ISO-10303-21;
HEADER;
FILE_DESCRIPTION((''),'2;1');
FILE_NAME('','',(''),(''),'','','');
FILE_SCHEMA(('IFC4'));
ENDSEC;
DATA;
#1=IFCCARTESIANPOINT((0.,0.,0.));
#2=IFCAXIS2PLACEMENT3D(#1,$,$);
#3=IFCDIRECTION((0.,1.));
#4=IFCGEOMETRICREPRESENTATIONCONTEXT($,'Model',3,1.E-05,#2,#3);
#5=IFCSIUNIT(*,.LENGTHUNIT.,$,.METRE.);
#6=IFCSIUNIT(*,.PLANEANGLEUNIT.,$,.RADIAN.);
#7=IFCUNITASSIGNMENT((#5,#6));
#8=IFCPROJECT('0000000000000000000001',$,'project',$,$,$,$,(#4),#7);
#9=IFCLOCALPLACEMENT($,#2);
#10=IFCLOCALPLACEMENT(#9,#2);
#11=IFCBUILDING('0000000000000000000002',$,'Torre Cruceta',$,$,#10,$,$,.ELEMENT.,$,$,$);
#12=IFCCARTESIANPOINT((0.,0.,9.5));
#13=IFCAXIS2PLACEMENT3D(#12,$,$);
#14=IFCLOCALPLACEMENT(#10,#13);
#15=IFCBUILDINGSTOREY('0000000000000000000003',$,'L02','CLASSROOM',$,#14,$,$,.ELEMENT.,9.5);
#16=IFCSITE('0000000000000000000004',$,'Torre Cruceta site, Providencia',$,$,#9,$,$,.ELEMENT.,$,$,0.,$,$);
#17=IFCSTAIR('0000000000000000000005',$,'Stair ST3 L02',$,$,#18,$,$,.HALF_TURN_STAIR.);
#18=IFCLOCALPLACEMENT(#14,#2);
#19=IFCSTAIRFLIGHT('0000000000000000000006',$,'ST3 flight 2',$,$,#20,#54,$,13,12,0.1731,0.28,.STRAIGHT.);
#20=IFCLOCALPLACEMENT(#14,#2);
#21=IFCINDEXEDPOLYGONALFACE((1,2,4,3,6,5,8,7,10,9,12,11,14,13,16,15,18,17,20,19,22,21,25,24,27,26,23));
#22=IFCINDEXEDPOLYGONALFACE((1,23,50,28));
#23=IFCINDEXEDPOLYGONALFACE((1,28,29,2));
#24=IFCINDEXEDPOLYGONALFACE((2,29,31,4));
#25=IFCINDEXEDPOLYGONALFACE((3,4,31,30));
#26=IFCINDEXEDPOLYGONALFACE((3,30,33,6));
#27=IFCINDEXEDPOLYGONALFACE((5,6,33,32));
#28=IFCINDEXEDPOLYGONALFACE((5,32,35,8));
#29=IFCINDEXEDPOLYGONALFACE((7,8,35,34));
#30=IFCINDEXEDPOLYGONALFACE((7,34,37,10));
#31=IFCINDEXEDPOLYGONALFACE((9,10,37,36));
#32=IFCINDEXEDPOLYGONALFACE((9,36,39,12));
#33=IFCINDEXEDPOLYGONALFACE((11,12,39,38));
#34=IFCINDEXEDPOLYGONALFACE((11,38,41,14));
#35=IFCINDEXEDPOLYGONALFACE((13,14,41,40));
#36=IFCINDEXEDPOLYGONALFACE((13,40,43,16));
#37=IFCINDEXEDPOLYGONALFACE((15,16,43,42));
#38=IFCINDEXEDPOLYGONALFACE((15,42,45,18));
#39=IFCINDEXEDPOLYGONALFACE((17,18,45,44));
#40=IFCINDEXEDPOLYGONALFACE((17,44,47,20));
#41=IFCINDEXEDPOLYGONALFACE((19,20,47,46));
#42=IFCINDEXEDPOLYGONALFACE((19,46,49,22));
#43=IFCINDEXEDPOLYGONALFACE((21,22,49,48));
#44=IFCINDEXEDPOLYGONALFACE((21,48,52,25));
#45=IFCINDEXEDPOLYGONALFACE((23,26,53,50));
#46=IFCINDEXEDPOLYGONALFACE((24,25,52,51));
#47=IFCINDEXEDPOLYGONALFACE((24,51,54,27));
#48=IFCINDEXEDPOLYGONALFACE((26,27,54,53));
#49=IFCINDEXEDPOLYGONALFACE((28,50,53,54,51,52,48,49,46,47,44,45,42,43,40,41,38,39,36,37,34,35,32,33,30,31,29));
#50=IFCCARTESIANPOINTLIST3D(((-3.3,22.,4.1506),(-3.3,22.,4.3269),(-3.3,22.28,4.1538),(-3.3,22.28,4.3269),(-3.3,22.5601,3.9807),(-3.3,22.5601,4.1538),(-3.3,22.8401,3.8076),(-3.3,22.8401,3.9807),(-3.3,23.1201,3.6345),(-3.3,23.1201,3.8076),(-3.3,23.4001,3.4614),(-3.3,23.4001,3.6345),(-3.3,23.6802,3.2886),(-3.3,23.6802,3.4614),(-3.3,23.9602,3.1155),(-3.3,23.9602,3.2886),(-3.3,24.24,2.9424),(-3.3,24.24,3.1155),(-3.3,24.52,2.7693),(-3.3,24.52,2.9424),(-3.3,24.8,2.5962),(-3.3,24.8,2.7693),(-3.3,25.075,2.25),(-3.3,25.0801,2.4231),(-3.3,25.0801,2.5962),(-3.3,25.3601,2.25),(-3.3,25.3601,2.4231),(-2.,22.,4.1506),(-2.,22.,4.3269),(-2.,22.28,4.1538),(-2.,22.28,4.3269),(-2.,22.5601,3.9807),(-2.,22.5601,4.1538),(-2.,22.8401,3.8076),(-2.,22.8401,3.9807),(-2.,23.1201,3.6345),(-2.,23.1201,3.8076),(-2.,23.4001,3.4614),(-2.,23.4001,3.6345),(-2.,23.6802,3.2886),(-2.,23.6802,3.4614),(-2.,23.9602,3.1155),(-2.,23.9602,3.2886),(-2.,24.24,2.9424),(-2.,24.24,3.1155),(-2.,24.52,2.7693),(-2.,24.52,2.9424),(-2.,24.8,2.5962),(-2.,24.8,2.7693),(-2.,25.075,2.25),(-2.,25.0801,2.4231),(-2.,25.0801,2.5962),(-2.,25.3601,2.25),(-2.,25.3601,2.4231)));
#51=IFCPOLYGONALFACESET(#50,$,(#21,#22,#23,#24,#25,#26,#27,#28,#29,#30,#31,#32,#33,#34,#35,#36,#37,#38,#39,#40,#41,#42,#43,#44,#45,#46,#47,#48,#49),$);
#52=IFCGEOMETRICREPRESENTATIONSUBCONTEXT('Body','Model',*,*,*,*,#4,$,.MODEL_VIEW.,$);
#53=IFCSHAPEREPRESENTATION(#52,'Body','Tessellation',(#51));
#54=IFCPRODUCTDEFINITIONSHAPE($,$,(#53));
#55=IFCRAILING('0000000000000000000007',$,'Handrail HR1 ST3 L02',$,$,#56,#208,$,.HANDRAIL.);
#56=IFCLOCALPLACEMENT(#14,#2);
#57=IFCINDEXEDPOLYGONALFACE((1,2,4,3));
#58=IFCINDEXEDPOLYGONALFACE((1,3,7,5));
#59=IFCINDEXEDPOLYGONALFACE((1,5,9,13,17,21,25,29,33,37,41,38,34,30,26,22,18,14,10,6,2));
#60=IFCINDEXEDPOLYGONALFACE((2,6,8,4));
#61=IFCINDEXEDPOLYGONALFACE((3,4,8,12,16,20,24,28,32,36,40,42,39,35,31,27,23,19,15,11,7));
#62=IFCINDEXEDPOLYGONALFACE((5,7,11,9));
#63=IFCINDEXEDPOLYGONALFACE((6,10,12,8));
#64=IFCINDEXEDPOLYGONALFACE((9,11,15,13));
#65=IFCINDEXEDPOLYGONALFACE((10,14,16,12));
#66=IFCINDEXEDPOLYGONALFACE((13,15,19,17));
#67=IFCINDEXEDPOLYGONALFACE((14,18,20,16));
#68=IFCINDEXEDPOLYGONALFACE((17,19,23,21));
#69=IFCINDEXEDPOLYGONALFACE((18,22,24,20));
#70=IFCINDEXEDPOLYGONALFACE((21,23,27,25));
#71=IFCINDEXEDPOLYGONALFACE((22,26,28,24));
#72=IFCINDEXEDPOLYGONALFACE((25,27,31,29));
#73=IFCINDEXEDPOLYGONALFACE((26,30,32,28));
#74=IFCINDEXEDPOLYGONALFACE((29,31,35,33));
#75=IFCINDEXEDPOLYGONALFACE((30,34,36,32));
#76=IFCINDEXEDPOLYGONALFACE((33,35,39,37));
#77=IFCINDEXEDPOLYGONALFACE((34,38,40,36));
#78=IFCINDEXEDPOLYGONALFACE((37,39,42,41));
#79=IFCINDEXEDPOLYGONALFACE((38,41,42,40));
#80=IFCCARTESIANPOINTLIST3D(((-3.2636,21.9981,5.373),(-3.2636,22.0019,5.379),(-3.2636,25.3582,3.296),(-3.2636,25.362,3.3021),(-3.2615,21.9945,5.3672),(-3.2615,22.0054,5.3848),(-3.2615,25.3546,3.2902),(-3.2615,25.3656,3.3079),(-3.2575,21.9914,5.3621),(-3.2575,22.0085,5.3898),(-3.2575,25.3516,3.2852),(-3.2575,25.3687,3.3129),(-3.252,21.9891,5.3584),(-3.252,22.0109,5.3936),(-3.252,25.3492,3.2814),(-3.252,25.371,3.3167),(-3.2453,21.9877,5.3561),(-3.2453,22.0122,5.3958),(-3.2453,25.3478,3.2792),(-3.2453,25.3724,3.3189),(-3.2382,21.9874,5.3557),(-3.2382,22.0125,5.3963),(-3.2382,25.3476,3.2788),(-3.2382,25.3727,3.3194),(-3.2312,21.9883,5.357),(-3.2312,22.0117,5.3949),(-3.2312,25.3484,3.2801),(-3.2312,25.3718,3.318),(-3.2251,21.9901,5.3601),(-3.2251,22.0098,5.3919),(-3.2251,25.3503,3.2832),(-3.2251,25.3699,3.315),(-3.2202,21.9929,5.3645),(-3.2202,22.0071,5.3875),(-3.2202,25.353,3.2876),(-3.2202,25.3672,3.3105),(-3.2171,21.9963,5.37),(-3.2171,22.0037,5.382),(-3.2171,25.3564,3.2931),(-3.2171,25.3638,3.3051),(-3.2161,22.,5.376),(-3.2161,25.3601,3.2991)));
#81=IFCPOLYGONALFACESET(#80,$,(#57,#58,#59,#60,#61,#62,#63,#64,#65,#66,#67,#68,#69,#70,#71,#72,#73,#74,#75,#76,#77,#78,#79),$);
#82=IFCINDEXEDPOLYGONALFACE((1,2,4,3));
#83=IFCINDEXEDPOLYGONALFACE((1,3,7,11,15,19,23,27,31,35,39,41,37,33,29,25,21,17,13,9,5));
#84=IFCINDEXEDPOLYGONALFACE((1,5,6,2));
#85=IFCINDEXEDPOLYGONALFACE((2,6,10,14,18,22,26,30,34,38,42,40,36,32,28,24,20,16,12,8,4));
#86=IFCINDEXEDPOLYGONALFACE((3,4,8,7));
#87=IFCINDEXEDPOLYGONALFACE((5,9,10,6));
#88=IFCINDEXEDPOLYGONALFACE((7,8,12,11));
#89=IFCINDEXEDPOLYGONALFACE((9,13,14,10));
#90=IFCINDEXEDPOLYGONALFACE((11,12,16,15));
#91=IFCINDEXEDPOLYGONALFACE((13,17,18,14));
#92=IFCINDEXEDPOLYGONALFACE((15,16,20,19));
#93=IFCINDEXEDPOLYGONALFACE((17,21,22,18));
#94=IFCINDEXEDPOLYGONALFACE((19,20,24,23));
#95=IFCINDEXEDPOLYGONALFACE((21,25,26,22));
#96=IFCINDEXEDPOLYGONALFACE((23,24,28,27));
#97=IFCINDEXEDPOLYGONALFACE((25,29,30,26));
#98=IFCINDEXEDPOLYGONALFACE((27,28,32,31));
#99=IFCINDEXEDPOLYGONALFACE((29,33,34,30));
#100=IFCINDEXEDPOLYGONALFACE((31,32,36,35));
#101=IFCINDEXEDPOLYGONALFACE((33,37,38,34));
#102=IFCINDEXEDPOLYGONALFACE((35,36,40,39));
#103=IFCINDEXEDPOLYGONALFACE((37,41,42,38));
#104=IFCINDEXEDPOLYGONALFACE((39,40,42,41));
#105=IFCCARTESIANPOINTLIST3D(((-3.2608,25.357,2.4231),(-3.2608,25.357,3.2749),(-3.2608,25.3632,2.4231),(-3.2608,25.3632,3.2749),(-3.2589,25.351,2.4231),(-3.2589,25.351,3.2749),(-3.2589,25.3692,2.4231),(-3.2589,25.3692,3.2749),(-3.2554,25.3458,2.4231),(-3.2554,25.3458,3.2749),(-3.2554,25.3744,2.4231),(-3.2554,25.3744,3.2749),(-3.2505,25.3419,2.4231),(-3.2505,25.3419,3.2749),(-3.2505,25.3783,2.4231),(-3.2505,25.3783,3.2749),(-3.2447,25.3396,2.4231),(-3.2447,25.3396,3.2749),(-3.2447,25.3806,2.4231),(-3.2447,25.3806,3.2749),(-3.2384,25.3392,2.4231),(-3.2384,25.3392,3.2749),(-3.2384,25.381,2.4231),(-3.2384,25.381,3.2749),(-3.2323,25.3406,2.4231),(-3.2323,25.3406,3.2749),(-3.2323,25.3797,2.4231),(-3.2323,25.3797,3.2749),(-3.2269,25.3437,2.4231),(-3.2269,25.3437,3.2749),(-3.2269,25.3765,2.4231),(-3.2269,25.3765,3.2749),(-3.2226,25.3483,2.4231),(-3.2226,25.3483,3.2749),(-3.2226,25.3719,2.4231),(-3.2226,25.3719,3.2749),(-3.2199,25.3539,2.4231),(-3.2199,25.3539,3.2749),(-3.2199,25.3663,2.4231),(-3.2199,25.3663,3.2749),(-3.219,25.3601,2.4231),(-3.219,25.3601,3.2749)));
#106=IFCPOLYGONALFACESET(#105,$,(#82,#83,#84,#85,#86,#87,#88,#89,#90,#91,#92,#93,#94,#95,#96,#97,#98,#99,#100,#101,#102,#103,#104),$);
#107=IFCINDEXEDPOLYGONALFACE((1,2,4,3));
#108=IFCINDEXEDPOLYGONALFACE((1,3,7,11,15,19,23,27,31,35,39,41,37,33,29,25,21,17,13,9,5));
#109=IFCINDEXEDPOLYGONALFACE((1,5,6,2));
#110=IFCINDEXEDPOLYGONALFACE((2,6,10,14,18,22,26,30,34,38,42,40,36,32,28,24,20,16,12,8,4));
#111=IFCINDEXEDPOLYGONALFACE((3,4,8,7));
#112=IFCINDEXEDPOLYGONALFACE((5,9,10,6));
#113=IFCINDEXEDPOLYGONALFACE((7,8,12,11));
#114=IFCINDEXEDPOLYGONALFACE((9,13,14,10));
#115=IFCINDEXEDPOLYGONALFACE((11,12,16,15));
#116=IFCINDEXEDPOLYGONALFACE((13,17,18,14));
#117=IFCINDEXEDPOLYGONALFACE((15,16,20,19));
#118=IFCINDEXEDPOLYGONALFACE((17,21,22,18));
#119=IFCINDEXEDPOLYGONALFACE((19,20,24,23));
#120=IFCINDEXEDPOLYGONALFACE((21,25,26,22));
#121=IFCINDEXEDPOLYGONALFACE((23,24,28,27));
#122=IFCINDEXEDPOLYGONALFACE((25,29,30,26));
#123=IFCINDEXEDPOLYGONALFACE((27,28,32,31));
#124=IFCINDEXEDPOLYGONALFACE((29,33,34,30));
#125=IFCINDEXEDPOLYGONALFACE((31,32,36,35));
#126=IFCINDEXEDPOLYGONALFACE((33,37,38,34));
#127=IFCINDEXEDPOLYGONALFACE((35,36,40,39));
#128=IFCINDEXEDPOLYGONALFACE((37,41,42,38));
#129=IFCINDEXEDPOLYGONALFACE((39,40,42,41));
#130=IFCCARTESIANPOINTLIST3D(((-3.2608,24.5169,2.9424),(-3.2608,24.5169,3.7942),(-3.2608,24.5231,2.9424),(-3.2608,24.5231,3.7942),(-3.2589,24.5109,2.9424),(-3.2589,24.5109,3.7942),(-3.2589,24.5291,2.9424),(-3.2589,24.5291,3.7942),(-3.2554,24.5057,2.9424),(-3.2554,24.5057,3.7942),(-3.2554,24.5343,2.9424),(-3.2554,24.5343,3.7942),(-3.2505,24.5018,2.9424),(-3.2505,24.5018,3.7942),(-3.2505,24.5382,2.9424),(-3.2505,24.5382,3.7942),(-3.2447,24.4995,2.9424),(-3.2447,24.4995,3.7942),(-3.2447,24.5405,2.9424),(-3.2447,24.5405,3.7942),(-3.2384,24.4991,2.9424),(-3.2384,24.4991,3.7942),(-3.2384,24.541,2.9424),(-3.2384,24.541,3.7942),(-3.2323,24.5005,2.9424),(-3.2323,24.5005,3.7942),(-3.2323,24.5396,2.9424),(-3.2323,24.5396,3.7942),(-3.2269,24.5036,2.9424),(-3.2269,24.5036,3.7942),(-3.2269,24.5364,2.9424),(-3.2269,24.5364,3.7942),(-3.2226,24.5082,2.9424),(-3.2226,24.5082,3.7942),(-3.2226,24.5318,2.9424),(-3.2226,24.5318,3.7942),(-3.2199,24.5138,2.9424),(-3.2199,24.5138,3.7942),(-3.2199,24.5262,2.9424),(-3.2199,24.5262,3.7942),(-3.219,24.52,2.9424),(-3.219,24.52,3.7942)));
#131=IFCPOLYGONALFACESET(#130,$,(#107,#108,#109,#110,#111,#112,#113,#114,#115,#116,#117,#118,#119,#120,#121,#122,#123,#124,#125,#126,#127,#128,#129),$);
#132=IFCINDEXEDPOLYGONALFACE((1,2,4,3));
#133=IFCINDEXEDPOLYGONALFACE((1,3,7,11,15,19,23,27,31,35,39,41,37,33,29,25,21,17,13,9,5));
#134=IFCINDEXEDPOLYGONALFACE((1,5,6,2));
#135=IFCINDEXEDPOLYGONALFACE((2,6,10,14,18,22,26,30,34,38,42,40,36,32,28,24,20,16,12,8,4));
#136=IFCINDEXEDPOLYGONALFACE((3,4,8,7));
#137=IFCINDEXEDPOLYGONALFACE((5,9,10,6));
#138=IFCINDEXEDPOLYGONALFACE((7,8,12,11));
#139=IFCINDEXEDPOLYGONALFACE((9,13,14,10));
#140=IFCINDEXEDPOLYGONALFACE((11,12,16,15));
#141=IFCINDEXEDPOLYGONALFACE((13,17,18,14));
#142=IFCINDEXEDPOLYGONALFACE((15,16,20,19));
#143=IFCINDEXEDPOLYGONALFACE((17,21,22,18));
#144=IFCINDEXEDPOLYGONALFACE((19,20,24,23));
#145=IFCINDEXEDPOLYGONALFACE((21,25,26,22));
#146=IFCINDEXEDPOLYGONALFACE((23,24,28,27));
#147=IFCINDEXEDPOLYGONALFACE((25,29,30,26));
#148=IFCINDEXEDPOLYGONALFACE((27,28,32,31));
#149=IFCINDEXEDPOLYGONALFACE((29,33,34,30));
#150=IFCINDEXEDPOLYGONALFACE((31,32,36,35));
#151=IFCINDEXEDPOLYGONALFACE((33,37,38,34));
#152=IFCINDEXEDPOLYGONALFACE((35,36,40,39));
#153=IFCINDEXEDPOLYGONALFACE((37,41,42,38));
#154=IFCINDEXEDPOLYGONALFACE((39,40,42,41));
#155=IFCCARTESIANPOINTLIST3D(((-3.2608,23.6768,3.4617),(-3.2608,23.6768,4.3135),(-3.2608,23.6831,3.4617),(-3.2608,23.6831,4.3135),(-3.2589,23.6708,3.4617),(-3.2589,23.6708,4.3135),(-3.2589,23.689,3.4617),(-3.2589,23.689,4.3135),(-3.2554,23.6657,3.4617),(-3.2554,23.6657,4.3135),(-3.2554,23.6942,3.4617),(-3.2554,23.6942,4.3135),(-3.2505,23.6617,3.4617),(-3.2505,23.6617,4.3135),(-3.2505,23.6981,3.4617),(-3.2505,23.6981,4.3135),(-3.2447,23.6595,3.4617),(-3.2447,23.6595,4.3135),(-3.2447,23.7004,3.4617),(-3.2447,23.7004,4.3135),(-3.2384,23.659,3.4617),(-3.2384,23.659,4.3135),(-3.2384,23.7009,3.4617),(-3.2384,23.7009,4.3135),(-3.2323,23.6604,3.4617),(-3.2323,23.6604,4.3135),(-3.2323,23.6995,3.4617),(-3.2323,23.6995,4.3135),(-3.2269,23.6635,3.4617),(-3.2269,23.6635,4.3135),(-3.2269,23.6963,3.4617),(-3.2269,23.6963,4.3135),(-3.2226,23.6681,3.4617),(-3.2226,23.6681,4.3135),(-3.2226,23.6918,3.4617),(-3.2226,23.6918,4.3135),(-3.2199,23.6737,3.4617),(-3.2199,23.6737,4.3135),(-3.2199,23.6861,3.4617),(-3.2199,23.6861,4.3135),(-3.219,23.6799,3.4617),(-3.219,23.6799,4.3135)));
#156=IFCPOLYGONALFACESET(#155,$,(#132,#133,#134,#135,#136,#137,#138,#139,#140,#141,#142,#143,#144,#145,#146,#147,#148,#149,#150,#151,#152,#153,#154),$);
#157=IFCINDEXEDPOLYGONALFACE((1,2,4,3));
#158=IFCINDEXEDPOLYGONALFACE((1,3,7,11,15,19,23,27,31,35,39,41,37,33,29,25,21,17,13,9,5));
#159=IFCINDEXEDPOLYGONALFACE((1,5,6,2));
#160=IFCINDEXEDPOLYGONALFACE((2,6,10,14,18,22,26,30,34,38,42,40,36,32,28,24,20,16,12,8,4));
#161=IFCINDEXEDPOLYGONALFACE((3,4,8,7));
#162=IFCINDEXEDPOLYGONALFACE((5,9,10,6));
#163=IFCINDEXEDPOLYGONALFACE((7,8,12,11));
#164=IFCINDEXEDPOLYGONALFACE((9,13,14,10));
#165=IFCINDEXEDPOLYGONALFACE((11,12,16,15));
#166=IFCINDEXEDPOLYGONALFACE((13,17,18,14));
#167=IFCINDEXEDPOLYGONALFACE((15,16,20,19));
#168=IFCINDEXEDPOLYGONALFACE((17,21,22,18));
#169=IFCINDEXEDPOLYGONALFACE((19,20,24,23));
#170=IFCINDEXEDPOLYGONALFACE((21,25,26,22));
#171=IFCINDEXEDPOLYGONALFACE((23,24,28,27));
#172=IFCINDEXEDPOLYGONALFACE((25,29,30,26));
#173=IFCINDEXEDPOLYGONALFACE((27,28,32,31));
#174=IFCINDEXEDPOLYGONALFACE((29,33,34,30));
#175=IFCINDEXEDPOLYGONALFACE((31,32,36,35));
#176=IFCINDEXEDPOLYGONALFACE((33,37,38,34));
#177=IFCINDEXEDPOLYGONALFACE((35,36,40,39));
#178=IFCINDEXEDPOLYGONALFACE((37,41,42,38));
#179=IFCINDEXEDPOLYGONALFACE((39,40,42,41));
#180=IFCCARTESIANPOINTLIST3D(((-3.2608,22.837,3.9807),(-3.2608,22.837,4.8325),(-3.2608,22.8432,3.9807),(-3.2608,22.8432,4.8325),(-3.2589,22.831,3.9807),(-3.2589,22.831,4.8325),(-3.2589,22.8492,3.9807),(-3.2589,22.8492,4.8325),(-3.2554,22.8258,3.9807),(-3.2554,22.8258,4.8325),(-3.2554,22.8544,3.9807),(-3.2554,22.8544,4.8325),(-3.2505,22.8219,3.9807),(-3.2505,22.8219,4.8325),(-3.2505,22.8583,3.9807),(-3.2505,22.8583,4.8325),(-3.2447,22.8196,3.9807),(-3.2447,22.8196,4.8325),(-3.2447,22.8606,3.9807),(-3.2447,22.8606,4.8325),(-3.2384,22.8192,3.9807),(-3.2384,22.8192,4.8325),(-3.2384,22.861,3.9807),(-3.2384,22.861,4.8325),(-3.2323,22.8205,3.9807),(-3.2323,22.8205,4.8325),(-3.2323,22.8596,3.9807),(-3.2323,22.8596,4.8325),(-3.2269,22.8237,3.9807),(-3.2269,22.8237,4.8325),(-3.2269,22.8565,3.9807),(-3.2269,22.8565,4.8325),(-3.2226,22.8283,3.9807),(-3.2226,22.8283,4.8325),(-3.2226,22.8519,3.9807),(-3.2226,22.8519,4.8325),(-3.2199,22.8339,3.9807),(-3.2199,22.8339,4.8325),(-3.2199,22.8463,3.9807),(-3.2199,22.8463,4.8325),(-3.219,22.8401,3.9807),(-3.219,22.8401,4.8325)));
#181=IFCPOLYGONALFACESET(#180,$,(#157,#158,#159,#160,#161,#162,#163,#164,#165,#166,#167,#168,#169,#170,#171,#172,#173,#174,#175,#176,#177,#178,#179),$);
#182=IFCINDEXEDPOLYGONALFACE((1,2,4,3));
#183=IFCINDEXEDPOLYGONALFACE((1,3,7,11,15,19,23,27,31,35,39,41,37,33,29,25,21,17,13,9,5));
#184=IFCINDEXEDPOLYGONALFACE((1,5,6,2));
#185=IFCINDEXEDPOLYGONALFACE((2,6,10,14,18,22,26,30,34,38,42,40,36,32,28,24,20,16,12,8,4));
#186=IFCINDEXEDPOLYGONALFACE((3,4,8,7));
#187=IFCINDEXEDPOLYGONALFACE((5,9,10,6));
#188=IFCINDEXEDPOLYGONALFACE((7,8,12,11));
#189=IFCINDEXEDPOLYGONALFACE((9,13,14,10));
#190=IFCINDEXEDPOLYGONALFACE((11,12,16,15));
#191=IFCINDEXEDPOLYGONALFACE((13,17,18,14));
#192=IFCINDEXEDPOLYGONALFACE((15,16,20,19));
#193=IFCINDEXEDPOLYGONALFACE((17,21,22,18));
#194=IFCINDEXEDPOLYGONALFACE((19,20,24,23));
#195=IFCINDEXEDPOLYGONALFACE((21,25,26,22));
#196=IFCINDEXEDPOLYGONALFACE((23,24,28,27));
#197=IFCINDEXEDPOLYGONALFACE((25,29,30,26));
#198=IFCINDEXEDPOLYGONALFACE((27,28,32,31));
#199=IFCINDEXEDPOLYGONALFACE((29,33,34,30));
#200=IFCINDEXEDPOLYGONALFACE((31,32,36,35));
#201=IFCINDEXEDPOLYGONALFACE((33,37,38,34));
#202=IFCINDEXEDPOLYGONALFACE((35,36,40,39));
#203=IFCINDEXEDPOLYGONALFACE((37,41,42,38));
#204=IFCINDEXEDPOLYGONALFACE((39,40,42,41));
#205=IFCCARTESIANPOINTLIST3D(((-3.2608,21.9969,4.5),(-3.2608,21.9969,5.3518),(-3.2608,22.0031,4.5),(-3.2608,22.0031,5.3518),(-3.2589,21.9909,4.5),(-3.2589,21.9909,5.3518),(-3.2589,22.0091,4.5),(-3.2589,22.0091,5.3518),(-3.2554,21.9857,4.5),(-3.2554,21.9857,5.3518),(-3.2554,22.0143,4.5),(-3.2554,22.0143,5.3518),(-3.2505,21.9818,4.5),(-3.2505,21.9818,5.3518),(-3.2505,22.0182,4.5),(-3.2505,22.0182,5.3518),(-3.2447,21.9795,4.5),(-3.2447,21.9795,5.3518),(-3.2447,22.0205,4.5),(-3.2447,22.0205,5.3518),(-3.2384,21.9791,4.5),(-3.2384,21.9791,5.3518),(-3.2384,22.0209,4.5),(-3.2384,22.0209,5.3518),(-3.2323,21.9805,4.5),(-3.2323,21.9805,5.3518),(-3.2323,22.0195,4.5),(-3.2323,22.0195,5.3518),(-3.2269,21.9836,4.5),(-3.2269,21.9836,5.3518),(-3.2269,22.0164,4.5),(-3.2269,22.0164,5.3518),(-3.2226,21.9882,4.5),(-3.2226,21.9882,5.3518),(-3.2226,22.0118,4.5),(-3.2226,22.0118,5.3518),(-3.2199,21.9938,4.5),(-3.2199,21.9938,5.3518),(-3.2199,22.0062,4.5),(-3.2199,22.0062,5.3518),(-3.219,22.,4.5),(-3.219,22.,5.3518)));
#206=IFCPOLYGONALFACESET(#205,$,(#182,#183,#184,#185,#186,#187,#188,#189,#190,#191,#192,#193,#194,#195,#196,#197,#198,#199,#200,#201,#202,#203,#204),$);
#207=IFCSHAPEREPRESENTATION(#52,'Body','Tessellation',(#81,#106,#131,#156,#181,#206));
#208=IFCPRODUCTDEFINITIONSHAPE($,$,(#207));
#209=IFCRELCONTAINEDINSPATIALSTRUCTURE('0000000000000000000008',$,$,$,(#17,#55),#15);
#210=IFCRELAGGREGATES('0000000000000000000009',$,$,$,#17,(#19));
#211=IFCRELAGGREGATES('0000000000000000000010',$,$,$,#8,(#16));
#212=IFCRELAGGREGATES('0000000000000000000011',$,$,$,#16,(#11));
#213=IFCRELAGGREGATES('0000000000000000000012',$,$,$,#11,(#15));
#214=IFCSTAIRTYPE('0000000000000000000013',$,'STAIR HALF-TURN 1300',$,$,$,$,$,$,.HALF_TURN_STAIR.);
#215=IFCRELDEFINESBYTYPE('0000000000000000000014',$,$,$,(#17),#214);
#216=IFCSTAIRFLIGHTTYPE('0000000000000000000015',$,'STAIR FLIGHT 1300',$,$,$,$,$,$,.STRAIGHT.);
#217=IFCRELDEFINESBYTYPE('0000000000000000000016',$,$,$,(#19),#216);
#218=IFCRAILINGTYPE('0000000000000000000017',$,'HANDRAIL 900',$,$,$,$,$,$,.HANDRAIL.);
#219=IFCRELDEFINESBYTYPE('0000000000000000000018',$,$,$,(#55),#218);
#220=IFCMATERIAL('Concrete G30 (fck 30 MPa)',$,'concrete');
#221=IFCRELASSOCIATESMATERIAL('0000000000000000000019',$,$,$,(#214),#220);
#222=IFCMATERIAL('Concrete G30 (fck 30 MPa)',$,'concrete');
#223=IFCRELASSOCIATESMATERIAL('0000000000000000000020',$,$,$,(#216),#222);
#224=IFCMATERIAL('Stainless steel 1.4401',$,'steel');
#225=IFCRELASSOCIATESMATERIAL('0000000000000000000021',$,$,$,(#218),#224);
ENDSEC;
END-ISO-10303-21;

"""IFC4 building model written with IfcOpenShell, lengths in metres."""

from ifc_helpers import new_model, si_unit, direction, frame, origin, origin_2d, place, context, subcontext, project, spatial, polyline, circle, outline, extrude, material, type_object, element, aggregate, save


model = new_model("IFC4")

# Units and contexts
model_context = context("Model", 3, precision=1e-05, world=origin(), true_north=direction((0.0, 1.0)))
body_context = subcontext(model_context, "Body", "Model", "MODEL_VIEW")
ifc_project = project(units=[si_unit("LENGTHUNIT", "METRE"), si_unit("PLANEANGLEUNIT", "RADIAN")], contexts=[model_context])

# Site, building, storey
site_placement = place(None, origin())
site = spatial("IfcSite", under=ifc_project, at=site_placement, Name="Torre Cruceta site, Providencia", CompositionType="ELEMENT", RefElevation=0.0)
building_placement = place(site_placement, origin())
building = spatial("IfcBuilding", under=site, at=building_placement, Name="Torre Cruceta", CompositionType="ELEMENT")
storey_placement = place(building_placement, frame((0.0, 0.0, 9.5)))
storey = spatial("IfcBuildingStorey", under=building, at=storey_placement, Name="L02", Description="CLASSROOM", CompositionType="ELEMENT", Elevation=9.5)

# Stair, stair flight
ifc_material_1 = material(Name="Concrete G30 (fck 30 MPa)", Category="concrete")
stair_type = type_object("IfcStairType", Name="STAIR HALF-TURN 1300", PredefinedType="HALF_TURN_STAIR", material=ifc_material_1)
stair_placement = place(storey_placement, origin())
stair = element("IfcStair", 1, at=stair_placement, inside=storey, type_object=stair_type, Name="Stair ST3 L02", PredefinedType="HALF_TURN_STAIR")
ifc_material_2 = material(Name="Concrete G30 (fck 30 MPa)", Category="concrete")
stair_flight_type = type_object("IfcStairFlightType", Name="STAIR FLIGHT 1300", PredefinedType="STRAIGHT", material=ifc_material_2)
stair_flight_1_placement = place(storey_placement, frame((-2.6499, 25.3601, 2.25), z_axis=(0.0, 0.0, 1.0), x_axis=(0.0, -1.0, 0.0)))
stair_flight_1 = element("IfcStairFlight", 2, at=stair_flight_1_placement, type_object=stair_flight_type, Name="ST3 flight 2", NumberOfRisers=13, NumberOfTreads=12, PredefinedType="STRAIGHT", RiserHeight=0.1731, TreadLength=0.28, context=body_context, shape_type="SweptSolid", body=[
    extrude(outline(polyline([(0.0, 0.0), (0.0, 0.1731), (0.28, 0.1731), (0.28, 0.3462), (0.5601, 0.3462), (0.5601, 0.5193), (0.8401, 0.5193), (0.8401, 0.6924), (1.1201, 0.6924), (1.1201, 0.8655), (1.3999, 0.8655), (1.3999, 1.0386), (1.6799, 1.0386), (1.6799, 1.2114), (1.96, 1.2114), (1.96, 1.3845), (2.24, 1.3845), (2.24, 1.5576), (2.52, 1.5576), (2.52, 1.7307), (2.8, 1.7307), (2.8, 1.9038), (3.0801, 1.9038), (3.0801, 2.0769), (3.3601, 2.0769), (3.3601, 2.25), (3.3601, 1.9006), (0.2852, 0.0), (0.0, 0.0)])), frame((0.0, 0.6499, 0.0), z_axis=(0.0, -1.0, 0.0), x_axis=(1.0, 0.0, 0.0)), (0.0, 0.0, 1.0), 1.3),
])
aggregate(stair, [stair_flight_1])

# Railing
ifc_material_3 = material(Name="Stainless steel 1.4401", Category="steel")
railing_type_1 = type_object("IfcRailingType", Name="HANDRAIL 900", PredefinedType="HANDRAIL", material=ifc_material_3)
railing_1_placement = place(storey_placement, frame((-3.24, 25.3601, 2.4231)))
element("IfcRailing", 3, at=railing_1_placement, inside=storey, type_object=railing_type_1, Name="Handrail HR1 ST3 L02", PredefinedType="HANDRAIL", context=body_context, shape_type="SweptSolid", body=[
    extrude(circle(Radius=0.0239, at=origin_2d()), frame((0.0, 0.0, 0.876), z_axis=(0.0, -0.850623, 0.525776), x_axis=(1.0, 0.0, 0.0)), (0.0, 0.0, 1.0), 3.9502),
    extrude(circle(Radius=0.021, at=origin_2d()), origin(), (0.0, 0.0, 1.0), 0.8518),
    extrude(circle(Radius=0.021, at=origin_2d()), frame((0.0, -0.8401, 0.5193)), (0.0, 0.0, 1.0), 0.8518),
    extrude(circle(Radius=0.021, at=origin_2d()), frame((0.0, -1.6802, 1.0386)), (0.0, 0.0, 1.0), 0.8518),
    extrude(circle(Radius=0.021, at=origin_2d()), frame((0.0, -2.52, 1.5576)), (0.0, 0.0, 1.0), 0.8518),
    extrude(circle(Radius=0.021, at=origin_2d()), frame((0.0, -3.3601, 2.0769)), (0.0, 0.0, 1.0), 0.8518),
])

save(model, "model.ifc")
